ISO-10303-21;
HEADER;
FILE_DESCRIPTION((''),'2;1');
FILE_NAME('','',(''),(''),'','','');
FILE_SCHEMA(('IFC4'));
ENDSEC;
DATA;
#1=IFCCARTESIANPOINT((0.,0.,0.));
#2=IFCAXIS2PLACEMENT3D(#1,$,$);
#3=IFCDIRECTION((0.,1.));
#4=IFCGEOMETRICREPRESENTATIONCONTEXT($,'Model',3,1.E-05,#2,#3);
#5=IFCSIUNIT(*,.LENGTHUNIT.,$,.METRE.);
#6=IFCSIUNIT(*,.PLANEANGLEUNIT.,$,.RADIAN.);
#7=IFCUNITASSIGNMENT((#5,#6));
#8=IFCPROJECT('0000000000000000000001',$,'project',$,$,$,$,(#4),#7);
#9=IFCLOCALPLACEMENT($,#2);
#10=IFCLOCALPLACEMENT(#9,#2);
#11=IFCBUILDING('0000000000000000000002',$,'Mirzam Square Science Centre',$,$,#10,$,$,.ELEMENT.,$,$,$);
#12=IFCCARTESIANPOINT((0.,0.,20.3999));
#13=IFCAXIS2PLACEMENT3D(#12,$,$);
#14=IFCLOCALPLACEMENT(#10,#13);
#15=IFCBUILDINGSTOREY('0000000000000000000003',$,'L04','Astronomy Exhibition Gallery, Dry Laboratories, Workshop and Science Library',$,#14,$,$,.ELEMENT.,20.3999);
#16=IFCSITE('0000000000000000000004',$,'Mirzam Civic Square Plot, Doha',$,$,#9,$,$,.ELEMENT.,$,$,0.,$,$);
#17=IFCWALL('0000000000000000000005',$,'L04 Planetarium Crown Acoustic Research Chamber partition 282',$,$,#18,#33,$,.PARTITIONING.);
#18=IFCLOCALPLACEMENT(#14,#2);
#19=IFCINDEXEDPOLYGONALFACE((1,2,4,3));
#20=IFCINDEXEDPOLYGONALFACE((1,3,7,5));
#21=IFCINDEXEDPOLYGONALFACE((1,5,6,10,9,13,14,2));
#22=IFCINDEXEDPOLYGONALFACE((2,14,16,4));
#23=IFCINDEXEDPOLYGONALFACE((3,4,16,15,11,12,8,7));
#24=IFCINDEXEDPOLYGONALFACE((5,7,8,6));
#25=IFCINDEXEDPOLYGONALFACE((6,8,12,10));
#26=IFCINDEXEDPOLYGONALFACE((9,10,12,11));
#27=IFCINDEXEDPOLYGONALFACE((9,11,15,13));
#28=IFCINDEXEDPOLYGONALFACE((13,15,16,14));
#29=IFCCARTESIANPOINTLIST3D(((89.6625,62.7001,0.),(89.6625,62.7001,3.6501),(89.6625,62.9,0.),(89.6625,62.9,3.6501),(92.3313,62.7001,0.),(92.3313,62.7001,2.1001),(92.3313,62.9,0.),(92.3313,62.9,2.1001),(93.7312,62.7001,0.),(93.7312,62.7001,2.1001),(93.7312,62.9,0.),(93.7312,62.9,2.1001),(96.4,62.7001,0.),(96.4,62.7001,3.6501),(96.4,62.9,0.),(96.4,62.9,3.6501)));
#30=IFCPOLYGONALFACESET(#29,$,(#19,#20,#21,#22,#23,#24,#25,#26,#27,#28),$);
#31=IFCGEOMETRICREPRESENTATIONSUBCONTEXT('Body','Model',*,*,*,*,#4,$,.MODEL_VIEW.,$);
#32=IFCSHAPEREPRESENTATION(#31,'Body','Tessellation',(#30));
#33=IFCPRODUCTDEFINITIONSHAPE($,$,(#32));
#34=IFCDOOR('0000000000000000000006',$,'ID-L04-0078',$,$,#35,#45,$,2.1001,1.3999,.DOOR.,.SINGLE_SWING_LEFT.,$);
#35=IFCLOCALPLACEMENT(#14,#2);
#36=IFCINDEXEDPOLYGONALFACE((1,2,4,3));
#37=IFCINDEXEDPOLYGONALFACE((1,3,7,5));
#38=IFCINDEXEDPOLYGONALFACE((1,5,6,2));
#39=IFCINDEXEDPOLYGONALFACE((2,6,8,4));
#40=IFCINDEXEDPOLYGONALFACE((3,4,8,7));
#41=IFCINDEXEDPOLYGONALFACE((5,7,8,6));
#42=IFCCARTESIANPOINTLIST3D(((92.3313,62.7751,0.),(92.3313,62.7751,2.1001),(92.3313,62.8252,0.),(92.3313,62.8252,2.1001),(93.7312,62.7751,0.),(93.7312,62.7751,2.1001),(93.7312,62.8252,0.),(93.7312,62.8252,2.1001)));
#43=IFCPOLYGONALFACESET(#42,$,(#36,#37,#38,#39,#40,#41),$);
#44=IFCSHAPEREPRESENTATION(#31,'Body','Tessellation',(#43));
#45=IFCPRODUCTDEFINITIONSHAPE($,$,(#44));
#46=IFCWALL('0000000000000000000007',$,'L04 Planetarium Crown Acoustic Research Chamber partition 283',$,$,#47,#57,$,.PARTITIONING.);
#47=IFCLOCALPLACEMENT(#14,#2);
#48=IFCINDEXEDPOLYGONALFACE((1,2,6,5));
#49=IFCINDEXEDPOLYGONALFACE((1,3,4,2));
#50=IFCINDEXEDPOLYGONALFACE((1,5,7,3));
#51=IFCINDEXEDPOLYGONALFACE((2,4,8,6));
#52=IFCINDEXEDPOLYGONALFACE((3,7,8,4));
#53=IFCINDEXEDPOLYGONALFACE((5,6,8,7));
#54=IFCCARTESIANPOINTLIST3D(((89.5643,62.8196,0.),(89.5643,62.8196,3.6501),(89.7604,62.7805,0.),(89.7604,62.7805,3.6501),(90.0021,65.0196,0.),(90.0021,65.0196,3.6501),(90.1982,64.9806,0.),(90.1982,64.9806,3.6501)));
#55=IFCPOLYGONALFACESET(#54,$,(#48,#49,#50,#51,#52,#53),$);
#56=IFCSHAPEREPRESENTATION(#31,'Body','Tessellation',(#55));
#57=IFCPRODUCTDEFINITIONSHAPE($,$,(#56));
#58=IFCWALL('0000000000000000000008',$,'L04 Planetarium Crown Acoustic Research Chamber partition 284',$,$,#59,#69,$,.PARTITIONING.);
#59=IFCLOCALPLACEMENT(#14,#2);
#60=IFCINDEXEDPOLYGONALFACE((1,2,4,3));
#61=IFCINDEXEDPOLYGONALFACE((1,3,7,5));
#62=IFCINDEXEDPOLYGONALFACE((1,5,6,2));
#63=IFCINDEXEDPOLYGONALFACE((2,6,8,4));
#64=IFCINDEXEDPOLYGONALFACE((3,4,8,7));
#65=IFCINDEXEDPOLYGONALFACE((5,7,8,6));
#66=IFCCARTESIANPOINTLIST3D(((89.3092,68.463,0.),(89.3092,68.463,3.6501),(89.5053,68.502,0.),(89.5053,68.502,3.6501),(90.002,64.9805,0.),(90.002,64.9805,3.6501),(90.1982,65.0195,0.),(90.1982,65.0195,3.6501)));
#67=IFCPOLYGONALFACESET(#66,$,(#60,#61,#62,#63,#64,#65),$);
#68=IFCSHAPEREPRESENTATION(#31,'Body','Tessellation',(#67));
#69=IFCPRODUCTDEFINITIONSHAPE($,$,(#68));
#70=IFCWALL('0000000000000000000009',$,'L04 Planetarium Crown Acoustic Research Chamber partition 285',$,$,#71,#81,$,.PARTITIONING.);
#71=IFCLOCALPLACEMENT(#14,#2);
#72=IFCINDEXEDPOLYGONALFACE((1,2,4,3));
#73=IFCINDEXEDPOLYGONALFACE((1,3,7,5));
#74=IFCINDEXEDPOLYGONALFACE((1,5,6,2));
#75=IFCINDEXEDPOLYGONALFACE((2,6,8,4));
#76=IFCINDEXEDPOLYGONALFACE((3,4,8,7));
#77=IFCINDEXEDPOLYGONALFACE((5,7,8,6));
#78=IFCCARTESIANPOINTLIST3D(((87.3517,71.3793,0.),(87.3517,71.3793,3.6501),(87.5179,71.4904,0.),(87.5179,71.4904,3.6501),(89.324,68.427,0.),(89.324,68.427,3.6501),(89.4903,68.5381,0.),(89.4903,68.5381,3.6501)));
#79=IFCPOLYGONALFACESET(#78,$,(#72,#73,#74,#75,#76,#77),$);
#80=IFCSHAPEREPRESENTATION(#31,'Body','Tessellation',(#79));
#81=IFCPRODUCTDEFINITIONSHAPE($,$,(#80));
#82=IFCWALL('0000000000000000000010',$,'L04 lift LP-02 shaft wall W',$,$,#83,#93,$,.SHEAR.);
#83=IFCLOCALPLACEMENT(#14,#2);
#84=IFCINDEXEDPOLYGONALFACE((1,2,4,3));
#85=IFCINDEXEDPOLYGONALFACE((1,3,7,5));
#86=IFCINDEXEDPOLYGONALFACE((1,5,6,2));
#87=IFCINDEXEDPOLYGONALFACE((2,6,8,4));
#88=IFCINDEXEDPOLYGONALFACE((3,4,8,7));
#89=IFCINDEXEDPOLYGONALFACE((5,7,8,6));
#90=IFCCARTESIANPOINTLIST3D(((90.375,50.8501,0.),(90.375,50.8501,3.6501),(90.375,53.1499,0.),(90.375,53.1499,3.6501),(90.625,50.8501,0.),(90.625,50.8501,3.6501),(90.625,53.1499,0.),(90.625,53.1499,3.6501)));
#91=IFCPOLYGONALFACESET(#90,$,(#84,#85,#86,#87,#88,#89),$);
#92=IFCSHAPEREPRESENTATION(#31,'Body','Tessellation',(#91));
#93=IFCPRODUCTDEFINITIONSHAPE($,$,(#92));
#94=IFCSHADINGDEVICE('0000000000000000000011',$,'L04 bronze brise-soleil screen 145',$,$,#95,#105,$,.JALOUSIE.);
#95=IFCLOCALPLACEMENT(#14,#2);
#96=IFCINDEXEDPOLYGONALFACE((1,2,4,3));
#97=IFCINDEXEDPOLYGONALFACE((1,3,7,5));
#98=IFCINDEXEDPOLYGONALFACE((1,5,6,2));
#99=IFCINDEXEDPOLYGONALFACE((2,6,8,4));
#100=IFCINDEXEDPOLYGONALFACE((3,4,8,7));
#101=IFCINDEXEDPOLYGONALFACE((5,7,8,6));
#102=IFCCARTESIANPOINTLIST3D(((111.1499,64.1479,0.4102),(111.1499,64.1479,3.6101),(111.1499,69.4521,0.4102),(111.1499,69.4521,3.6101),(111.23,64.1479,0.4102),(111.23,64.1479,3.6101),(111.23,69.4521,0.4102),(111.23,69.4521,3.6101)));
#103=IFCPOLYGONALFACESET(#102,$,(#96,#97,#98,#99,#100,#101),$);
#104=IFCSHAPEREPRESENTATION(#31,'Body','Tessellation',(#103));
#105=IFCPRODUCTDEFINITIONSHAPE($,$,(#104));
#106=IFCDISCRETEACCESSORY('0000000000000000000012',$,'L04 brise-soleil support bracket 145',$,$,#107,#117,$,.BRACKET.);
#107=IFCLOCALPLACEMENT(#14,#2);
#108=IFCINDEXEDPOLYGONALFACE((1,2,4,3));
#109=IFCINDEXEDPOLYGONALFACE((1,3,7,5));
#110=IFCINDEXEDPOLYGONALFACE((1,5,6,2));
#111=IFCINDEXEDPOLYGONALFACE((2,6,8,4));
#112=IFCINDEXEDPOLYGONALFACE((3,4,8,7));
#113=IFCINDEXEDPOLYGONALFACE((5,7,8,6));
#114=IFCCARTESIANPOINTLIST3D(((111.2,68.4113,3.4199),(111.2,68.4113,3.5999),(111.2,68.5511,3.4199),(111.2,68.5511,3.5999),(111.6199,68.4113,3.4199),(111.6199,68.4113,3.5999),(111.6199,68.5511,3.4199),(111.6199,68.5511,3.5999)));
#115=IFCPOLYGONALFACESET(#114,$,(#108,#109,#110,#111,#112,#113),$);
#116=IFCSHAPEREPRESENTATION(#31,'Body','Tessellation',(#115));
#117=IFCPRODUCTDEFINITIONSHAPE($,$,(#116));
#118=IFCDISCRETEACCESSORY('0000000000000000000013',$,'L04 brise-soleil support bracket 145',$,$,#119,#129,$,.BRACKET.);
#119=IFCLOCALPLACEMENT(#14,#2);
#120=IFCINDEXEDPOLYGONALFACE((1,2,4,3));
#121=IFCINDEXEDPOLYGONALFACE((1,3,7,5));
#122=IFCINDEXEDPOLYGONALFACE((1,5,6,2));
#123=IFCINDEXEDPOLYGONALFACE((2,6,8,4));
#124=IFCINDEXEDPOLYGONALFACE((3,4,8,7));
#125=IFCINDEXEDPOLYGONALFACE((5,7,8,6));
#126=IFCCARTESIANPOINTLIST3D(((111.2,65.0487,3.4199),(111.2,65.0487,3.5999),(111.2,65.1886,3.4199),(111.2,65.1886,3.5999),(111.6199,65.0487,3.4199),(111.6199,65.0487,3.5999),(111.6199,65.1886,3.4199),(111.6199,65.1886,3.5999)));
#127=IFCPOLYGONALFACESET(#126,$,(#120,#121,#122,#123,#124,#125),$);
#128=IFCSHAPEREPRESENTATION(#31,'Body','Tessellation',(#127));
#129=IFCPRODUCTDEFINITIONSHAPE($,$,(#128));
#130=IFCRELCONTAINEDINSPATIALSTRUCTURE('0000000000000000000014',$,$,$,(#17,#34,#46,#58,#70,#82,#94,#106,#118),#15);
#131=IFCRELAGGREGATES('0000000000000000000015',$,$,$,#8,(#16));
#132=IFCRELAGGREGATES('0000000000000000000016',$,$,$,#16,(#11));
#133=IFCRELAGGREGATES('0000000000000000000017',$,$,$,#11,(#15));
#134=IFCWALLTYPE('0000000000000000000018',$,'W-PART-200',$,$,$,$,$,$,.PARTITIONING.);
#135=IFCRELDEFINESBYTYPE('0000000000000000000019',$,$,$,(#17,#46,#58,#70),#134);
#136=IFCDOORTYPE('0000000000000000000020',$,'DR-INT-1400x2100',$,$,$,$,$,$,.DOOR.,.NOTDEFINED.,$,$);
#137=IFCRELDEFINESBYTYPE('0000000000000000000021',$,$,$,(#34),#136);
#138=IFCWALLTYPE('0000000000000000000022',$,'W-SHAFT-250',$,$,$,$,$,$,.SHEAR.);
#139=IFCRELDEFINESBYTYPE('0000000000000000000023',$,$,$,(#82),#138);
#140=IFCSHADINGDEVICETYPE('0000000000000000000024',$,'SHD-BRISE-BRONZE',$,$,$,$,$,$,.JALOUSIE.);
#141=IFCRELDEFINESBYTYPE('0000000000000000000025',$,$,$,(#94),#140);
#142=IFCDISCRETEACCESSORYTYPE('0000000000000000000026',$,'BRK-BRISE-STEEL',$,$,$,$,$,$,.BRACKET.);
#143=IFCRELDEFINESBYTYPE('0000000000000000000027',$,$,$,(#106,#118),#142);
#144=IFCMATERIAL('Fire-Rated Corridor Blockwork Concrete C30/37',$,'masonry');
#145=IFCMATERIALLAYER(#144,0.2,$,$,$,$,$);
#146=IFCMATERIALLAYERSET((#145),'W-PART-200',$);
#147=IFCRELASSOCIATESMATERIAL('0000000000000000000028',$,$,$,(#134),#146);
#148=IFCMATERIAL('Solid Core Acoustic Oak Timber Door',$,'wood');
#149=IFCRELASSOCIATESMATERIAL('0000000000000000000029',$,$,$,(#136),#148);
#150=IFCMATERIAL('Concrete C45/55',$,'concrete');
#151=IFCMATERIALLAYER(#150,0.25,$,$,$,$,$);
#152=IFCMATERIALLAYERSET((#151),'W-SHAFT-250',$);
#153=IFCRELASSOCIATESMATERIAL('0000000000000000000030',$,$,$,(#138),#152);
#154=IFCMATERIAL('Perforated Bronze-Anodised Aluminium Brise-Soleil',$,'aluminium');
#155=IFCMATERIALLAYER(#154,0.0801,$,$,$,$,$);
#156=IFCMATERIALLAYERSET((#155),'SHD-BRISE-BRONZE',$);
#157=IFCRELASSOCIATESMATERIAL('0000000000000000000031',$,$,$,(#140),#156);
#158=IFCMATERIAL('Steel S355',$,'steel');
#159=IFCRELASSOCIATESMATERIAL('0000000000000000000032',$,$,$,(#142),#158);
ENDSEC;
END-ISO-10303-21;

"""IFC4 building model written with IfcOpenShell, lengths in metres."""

from ifc_helpers import new_model, si_unit, direction, frame, frame_2d, origin, origin_2d, place, context, subcontext, project, spatial, rectangle, extrude, material, layer, layer_set, type_object, element, fill, save


model = new_model("IFC4")

# Units and contexts
model_context = context("Model", 3, precision=1e-05, world=origin(), true_north=direction((0.0, 1.0)))
body_context = subcontext(model_context, "Body", "Model", "MODEL_VIEW")
ifc_project = project(units=[si_unit("LENGTHUNIT", "METRE"), si_unit("PLANEANGLEUNIT", "RADIAN")], contexts=[model_context])

# Site, building, storey
site_placement = place(None, origin())
site = spatial("IfcSite", under=ifc_project, at=site_placement, Name="Mirzam Civic Square Plot, Doha", CompositionType="ELEMENT", RefElevation=0.0)
building_placement = place(site_placement, origin())
building = spatial("IfcBuilding", under=site, at=building_placement, Name="Mirzam Square Science Centre", CompositionType="ELEMENT")
storey_placement = place(building_placement, frame((0.0, 0.0, 20.3999)))
storey = spatial("IfcBuildingStorey", under=building, at=storey_placement, Name="L04", Description="Astronomy Exhibition Gallery, Dry Laboratories, Workshop and Science Library", CompositionType="ELEMENT", Elevation=20.3999)

# Shared definitions
ifc_material_1 = material(Name="Steel S355", Category="steel")
ifc_material_2 = material(Name="Concrete C45/55", Category="concrete")

# Wall, opening, door
ifc_material_3 = material(Name="Fire-Rated Corridor Blockwork Concrete C30/37", Category="masonry")
ifc_layer_1 = layer(ifc_material_3, 0.2)
ifc_layer_set_1 = layer_set([ifc_layer_1], Name="W-PART-200")
wall_type_1 = type_object("IfcWallType", Name="W-PART-200", PredefinedType="PARTITIONING", material=ifc_layer_set_1)
wall_1_placement = place(storey_placement, frame((96.3999, 62.8, 0.0), z_axis=(0.0, 0.0, 1.0), x_axis=(-1.0, 0.0, 0.0)))
wall_1 = element("IfcWall", 1, at=wall_1_placement, inside=storey, type_object=wall_type_1, Name="L04 Planetarium Crown Acoustic Research Chamber partition 282", PredefinedType="PARTITIONING", context=body_context, shape_type="SweptSolid", body=[
    extrude(rectangle(XDim=6.7375, YDim=0.2, at=frame_2d((3.3687, 0.0))), origin(), (0.0, 0.0, 1.0), 3.6501),
])
opening_1_placement = place(wall_1_placement, frame((2.6687, 0.0, 0.0)))
opening_1 = element("IfcOpeningElement", 2, at=opening_1_placement, cuts=wall_1, PredefinedType="OPENING", context=body_context, shape_type="SweptSolid", body=[
    extrude(rectangle(XDim=1.3999, YDim=2.1001, at=frame_2d((0.7, 1.05))), frame((0.0, 0.1099, 0.0), z_axis=(0.0, -1.0, 0.0), x_axis=(1.0, 0.0, 0.0)), (0.0, 0.0, 1.0), 0.22),
])
ifc_material_4 = material(Name="Solid Core Acoustic Oak Timber Door", Category="wood")
door_type_1 = type_object("IfcDoorType", Name="DR-INT-1400x2100", OperationType="NOTDEFINED", PredefinedType="DOOR", material=ifc_material_4)
door_1_placement = place(opening_1_placement, origin())
door_1 = element("IfcDoor", 3, at=door_1_placement, inside=storey, type_object=door_type_1, Name="ID-L04-0078", OperationType="SINGLE_SWING_LEFT", OverallHeight=2.1001, OverallWidth=1.3999, PredefinedType="DOOR", context=body_context, shape_type="SweptSolid", body=[
    extrude(rectangle(XDim=1.3999, YDim=2.1001, at=frame_2d((0.7, 1.05))), frame((0.0, 0.0249, 0.0), z_axis=(0.0, -1.0, 0.0), x_axis=(1.0, 0.0, 0.0)), (0.0, 0.0, 1.0), 0.05),
])
fill(opening_1, door_1)

# Walls
wall_2_placement = place(storey_placement, frame((89.6624, 62.8, 0.0), z_axis=(0.0, 0.0, 1.0), x_axis=(0.195153, 0.980773, 0.0)))
element("IfcWall", 4, at=wall_2_placement, inside=storey, type_object=wall_type_1, Name="L04 Planetarium Crown Acoustic Research Chamber partition 283", PredefinedType="PARTITIONING", context=body_context, shape_type="SweptSolid", body=[
    extrude(rectangle(XDim=2.2432, YDim=0.2, at=frame_2d((1.1216, 0.0))), origin(), (0.0, 0.0, 1.0), 3.6501),
])
wall_3_placement = place(storey_placement, frame((90.1001, 65.0, 0.0), z_axis=(0.0, 0.0, 1.0), x_axis=(-0.195138, 0.980776, 0.0)))
element("IfcWall", 5, at=wall_3_placement, inside=storey, type_object=wall_type_1, Name="L04 Planetarium Crown Acoustic Research Chamber partition 284", PredefinedType="PARTITIONING", context=body_context, shape_type="SweptSolid", body=[
    extrude(rectangle(XDim=3.5508, YDim=0.2, at=frame_2d((1.7754, 0.0))), origin(), (0.0, 0.0, 1.0), 3.6501),
])
wall_4_placement = place(storey_placement, frame((89.4072, 68.4824, 0.0), z_axis=(0.0, 0.0, 1.0), x_axis=(-0.555509, 0.83151, 0.0)))
element("IfcWall", 6, at=wall_4_placement, inside=storey, type_object=wall_type_1, Name="L04 Planetarium Crown Acoustic Research Chamber partition 285", PredefinedType="PARTITIONING", context=body_context, shape_type="SweptSolid", body=[
    extrude(rectangle(XDim=3.5505, YDim=0.2, at=frame_2d((1.7754, 0.0))), origin(), (0.0, 0.0, 1.0), 3.6501),
])

# Shared definitions
ifc_layer_2 = layer(ifc_material_2, 0.25)
ifc_layer_set_2 = layer_set([ifc_layer_2], Name="W-SHAFT-250")
wall_type_2 = type_object("IfcWallType", Name="W-SHAFT-250", PredefinedType="SHEAR", material=ifc_layer_set_2)

# Wall
wall_5_placement = place(storey_placement, frame((90.5, 53.1499, 0.0), z_axis=(0.0, 0.0, 1.0), x_axis=(0.0, -1.0, 0.0)))
element("IfcWall", 7, at=wall_5_placement, inside=storey, type_object=wall_type_2, Name="L04 lift LP-02 shaft wall W", PredefinedType="SHEAR", context=body_context, shape_type="SweptSolid", body=[
    extrude(rectangle(XDim=2.2998, YDim=0.25, at=frame_2d((1.1499, 0.0))), origin(), (0.0, 0.0, 1.0), 3.6501),
])

# Shading device
ifc_material_5 = material(Name="Perforated Bronze-Anodised Aluminium Brise-Soleil", Category="aluminium")
ifc_layer_3 = layer(ifc_material_5, 0.0801)
ifc_layer_set_3 = layer_set([ifc_layer_3], Name="SHD-BRISE-BRONZE")
shading_device_type = type_object("IfcShadingDeviceType", Name="SHD-BRISE-BRONZE", PredefinedType="JALOUSIE", material=ifc_layer_set_3)
shading_device_placement = place(storey_placement, frame((111.1899, 66.8, 0.4102), z_axis=(0.0, 0.0, 1.0), x_axis=(0.0, -1.0, 0.0)))
element("IfcShadingDevice", 8, at=shading_device_placement, inside=storey, type_object=shading_device_type, Name="L04 bronze brise-soleil screen 145", PredefinedType="JALOUSIE", context=body_context, shape_type="SweptSolid", body=[
    extrude(rectangle(XDim=5.3042, YDim=0.0801, at=origin_2d()), origin(), (0.0, 0.0, 1.0), 3.2),
])

# Discrete accessories
discrete_accessory_type = type_object("IfcDiscreteAccessoryType", Name="BRK-BRISE-STEEL", PredefinedType="BRACKET", material=ifc_material_1)
for number, where, z_axis, x_axis, name in (
    (9, (111.4099, 68.4812, 3.4199), (0.0, 0.0, 1.0), (0.0, -1.0, 0.0), "L04 brise-soleil support bracket 145"),
    (10, (111.4099, 65.1187, 3.4199), (0.0, 0.0, 1.0), (0.0, -1.0, 0.0), "L04 brise-soleil support bracket 145"),
):
    element("IfcDiscreteAccessory", number, at=place(storey_placement, frame(where, z_axis=z_axis, x_axis=x_axis)), inside=storey, type_object=discrete_accessory_type, Name=name, PredefinedType="BRACKET", context=body_context, shape_type="SweptSolid", body=[
        extrude(rectangle(XDim=0.1399, YDim=0.4199, at=origin_2d()), origin(), (0.0, 0.0, 1.0), 0.1799),
    ])

save(model, "model.ifc")
